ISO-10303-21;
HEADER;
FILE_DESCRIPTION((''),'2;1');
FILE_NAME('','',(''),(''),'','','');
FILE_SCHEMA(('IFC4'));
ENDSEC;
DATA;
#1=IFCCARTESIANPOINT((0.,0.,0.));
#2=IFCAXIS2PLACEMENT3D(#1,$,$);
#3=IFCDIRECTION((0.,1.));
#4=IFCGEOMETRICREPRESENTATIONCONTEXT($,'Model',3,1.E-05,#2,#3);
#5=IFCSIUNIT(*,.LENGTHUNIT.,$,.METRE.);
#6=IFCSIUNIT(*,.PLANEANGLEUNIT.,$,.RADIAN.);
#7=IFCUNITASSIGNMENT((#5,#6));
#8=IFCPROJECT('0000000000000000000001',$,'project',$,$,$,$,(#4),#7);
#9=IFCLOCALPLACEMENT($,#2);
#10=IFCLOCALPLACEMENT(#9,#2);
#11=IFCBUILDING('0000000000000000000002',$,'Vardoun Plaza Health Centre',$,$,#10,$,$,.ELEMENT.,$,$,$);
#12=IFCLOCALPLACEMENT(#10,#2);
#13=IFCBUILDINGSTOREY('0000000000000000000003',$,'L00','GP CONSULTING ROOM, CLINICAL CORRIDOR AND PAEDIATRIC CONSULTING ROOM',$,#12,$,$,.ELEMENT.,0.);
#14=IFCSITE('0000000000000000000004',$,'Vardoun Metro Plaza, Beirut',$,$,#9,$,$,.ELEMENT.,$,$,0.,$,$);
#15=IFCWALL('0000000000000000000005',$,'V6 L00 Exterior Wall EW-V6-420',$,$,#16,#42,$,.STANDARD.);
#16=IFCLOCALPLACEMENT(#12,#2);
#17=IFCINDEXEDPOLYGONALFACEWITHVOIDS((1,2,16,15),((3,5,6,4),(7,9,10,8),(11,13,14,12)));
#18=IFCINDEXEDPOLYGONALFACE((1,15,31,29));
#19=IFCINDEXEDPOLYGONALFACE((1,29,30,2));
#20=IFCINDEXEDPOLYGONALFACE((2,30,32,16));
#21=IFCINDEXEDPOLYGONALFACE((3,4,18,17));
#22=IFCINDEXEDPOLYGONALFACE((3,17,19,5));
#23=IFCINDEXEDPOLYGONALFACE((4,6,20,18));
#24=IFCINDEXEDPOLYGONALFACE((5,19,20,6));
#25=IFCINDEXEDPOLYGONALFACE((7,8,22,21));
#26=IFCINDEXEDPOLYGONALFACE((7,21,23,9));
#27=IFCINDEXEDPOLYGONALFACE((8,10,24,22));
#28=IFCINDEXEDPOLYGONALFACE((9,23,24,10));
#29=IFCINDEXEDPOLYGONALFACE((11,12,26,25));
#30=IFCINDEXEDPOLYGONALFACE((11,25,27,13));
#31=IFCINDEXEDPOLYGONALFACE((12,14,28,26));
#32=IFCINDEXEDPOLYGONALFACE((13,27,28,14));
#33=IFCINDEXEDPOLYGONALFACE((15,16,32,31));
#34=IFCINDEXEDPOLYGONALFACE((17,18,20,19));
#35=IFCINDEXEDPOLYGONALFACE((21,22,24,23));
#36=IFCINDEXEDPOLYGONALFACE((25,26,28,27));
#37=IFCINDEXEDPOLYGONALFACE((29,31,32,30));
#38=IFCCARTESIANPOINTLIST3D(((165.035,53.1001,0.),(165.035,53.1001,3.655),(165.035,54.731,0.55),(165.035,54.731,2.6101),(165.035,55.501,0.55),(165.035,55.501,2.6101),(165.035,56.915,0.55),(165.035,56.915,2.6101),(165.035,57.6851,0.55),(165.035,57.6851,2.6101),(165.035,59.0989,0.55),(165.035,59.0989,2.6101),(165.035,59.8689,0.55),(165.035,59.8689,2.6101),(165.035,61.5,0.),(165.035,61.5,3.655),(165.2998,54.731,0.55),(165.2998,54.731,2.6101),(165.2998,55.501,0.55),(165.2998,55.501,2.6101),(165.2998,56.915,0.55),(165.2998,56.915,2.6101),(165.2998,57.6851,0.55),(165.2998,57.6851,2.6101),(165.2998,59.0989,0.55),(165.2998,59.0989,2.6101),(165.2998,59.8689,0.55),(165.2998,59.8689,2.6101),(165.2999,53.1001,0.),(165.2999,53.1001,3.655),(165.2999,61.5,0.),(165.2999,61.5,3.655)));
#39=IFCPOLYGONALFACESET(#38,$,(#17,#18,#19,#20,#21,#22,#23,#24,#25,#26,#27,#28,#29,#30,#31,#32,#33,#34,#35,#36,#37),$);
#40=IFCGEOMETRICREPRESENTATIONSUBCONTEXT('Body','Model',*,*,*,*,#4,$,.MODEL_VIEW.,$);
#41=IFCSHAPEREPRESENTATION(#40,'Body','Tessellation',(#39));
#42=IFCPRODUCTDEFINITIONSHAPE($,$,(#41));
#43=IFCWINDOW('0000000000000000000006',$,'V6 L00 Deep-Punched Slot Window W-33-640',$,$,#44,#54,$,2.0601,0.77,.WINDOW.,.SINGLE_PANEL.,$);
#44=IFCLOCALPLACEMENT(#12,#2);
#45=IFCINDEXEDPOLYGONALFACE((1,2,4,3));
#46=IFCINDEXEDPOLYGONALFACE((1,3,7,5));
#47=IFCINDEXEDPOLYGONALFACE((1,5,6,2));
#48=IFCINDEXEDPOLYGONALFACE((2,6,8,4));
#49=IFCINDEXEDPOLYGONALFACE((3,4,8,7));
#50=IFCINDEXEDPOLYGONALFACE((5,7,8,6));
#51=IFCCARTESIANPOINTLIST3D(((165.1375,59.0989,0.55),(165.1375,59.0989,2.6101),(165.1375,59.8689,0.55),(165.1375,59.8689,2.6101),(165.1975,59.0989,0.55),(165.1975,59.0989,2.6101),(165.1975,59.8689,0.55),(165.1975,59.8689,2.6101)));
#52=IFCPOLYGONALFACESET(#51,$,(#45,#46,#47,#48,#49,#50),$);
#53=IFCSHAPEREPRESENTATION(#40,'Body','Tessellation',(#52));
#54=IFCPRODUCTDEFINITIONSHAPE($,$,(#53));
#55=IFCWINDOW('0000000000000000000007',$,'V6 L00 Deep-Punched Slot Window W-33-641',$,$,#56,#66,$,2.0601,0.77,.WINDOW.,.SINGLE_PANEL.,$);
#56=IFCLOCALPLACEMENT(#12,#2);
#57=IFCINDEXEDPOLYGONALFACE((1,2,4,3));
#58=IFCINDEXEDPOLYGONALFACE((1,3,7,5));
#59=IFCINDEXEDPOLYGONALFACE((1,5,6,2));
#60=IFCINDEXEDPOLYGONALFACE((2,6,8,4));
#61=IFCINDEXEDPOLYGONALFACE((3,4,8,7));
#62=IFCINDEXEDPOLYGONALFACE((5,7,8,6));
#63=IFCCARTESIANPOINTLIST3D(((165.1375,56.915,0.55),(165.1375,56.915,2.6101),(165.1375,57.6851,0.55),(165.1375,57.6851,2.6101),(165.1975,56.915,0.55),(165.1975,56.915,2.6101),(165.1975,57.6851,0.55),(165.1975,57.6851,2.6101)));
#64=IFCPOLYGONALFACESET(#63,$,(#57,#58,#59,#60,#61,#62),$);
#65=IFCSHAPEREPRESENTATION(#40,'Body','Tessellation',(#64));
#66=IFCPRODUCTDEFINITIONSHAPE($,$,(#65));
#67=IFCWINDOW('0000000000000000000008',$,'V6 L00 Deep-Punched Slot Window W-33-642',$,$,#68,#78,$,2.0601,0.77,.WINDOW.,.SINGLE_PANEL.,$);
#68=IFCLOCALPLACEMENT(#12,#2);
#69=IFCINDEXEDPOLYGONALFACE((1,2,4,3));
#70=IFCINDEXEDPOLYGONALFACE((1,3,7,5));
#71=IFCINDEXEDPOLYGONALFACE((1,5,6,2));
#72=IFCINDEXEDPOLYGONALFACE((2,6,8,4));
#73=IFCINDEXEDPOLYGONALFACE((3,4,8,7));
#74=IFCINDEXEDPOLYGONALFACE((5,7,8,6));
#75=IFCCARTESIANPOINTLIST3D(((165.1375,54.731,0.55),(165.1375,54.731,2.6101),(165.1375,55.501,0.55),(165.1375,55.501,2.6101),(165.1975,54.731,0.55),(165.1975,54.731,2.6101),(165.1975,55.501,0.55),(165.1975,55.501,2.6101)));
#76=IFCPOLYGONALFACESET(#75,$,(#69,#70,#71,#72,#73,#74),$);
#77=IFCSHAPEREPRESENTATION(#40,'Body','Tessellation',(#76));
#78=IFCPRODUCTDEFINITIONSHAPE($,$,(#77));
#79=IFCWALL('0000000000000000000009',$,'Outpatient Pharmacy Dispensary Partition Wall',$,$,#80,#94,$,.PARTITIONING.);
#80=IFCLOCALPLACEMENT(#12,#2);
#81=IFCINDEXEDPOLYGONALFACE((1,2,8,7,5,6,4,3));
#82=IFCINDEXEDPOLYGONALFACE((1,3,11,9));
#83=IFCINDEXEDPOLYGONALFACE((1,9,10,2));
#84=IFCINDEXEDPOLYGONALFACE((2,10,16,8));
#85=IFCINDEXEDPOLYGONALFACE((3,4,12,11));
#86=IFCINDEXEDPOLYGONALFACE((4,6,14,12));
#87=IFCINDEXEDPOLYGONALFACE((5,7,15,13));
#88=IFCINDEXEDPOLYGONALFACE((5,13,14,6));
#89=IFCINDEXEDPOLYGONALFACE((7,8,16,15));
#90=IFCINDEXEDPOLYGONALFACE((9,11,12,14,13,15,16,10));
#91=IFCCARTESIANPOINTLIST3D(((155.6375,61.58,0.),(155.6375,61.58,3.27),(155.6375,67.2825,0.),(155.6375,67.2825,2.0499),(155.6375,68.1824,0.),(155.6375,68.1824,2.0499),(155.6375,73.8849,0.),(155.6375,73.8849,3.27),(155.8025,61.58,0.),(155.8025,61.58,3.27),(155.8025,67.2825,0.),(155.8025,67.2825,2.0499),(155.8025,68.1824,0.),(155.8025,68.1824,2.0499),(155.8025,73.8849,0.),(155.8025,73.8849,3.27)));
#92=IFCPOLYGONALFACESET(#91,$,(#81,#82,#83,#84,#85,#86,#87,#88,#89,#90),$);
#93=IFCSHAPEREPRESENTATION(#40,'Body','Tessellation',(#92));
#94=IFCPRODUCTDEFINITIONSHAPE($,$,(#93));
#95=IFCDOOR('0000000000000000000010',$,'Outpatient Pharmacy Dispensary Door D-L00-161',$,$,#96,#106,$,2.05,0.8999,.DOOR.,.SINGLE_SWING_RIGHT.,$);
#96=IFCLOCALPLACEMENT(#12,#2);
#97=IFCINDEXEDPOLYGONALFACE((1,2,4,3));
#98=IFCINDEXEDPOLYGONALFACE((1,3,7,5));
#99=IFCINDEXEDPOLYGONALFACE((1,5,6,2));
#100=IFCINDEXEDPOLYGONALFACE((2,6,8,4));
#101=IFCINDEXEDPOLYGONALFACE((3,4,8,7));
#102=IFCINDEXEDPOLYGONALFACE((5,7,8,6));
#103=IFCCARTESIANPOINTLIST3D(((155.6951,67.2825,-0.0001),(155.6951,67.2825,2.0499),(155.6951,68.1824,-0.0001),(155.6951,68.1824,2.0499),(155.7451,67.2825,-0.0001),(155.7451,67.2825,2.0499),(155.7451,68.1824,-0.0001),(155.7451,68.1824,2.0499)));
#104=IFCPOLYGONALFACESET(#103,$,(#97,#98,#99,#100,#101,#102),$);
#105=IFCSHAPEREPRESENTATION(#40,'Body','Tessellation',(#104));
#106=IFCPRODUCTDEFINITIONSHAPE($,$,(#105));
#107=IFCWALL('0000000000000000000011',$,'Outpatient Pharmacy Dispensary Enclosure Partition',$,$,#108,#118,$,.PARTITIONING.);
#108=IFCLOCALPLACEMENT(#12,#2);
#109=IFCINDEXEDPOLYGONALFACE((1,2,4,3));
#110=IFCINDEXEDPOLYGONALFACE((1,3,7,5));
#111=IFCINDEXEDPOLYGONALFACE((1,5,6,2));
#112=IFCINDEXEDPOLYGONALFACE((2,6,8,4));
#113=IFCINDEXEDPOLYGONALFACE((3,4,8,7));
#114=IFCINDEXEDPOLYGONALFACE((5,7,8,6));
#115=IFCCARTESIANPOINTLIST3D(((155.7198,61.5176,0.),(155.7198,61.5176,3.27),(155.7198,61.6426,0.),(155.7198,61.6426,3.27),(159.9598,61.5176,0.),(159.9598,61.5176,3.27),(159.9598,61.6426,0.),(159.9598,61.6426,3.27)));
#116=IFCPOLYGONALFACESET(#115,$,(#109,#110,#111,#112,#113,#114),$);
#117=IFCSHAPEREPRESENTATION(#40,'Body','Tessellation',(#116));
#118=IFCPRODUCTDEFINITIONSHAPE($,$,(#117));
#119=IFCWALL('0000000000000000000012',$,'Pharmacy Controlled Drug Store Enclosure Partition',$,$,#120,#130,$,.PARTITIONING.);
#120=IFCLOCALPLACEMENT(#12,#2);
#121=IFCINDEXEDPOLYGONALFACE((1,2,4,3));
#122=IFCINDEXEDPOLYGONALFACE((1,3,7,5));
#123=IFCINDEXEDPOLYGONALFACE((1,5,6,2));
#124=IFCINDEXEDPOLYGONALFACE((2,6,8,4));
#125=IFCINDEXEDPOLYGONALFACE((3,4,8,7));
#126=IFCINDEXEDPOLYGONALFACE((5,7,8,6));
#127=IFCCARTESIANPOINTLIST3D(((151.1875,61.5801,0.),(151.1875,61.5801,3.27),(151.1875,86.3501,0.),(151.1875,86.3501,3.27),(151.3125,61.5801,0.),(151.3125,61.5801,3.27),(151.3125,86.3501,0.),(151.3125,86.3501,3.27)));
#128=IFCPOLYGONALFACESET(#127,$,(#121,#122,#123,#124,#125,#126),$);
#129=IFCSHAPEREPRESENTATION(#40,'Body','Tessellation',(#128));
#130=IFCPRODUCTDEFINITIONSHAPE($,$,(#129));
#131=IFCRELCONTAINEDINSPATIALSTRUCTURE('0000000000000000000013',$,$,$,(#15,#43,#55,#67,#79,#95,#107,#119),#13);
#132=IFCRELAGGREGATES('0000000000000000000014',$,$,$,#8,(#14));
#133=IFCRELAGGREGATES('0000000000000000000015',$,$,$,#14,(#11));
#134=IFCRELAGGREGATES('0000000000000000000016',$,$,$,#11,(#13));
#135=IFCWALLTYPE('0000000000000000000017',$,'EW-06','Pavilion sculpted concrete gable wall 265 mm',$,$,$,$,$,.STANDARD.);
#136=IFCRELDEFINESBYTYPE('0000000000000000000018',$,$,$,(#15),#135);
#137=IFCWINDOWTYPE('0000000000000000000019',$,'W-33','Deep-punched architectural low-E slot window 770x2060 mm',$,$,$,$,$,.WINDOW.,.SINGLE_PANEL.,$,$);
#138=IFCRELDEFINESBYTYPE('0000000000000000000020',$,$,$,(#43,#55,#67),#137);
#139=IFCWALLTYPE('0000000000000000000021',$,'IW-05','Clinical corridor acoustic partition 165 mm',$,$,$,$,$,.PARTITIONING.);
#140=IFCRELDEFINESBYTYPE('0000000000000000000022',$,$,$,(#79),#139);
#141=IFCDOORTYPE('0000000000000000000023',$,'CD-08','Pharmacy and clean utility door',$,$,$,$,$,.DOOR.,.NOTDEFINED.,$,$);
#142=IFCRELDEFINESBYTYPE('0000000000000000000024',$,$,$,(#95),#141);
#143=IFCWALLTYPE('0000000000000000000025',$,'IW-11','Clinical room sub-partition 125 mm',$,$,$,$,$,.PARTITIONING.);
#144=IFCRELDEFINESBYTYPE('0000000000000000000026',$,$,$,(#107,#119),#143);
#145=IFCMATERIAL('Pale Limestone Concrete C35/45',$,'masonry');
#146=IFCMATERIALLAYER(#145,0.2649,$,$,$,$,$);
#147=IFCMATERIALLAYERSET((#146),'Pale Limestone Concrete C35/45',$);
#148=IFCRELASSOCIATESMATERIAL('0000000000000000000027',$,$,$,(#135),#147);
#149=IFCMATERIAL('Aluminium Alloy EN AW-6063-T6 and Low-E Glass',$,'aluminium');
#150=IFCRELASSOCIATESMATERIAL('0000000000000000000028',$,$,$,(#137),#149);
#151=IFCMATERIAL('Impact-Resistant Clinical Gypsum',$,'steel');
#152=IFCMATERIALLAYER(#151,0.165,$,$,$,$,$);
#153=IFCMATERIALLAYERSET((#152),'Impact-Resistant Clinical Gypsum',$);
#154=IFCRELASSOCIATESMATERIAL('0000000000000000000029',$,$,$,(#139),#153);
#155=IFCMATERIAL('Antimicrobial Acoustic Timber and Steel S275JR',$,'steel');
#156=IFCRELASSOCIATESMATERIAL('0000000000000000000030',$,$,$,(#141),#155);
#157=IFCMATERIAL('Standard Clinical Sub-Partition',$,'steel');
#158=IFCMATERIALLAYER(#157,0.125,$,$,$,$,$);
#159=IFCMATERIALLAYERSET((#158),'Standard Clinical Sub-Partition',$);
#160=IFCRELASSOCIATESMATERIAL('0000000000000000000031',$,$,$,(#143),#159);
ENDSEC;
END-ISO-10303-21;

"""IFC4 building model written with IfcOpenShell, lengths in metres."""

from ifc_helpers import new_model, si_unit, direction, frame, frame_2d, origin, place, context, subcontext, project, spatial, rectangle, extrude, material, layer, layer_set, type_object, element, fill, save


model = new_model("IFC4")

# Units and contexts
model_context = context("Model", 3, precision=1e-05, world=origin(), true_north=direction((0.0, 1.0)))
body_context = subcontext(model_context, "Body", "Model", "MODEL_VIEW")
ifc_project = project(units=[si_unit("LENGTHUNIT", "METRE"), si_unit("PLANEANGLEUNIT", "RADIAN")], contexts=[model_context])

# Site, building, storey
site_placement = place(None, origin())
site = spatial("IfcSite", under=ifc_project, at=site_placement, Name="Vardoun Metro Plaza, Beirut", CompositionType="ELEMENT", RefElevation=0.0)
building_placement = place(site_placement, origin())
building = spatial("IfcBuilding", under=site, at=building_placement, Name="Vardoun Plaza Health Centre", CompositionType="ELEMENT")
storey_placement = place(building_placement, origin())
storey = spatial("IfcBuildingStorey", under=building, at=storey_placement, Name="L00", Description="GP CONSULTING ROOM, CLINICAL CORRIDOR AND PAEDIATRIC CONSULTING ROOM", CompositionType="ELEMENT", Elevation=0.0)

# Wall, openings, windows
ifc_material_1 = material(Name="Pale Limestone Concrete C35/45", Category="masonry")
ifc_layer_1 = layer(ifc_material_1, 0.2649)
ifc_layer_set_1 = layer_set([ifc_layer_1], Name="Pale Limestone Concrete C35/45")
wall_type_1 = type_object("IfcWallType", Name="EW-06", Description="Pavilion sculpted concrete gable wall 265 mm", PredefinedType="STANDARD", material=ifc_layer_set_1)
wall_1_placement = place(storey_placement, frame((165.1675, 61.5, 0.0), z_axis=(0.0, 0.0, 1.0), x_axis=(0.0, -1.0, 0.0)))
wall_1 = element("IfcWall", 1, at=wall_1_placement, inside=storey, type_object=wall_type_1, Name="V6 L00 Exterior Wall EW-V6-420", PredefinedType="STANDARD", context=body_context, shape_type="SweptSolid", body=[
    extrude(rectangle(XDim=8.3999, YDim=0.2649, at=frame_2d((4.2, 0.0))), origin(), (0.0, 0.0, 1.0), 3.655),
])
opening_1_placement = place(wall_1_placement, frame((1.6311, 0.0, 0.55)))
opening_1 = element("IfcOpeningElement", 2, at=opening_1_placement, cuts=wall_1, PredefinedType="OPENING", context=body_context, shape_type="SweptSolid", body=[
    extrude(rectangle(XDim=0.77, YDim=2.0601, at=frame_2d((0.385, 1.03))), frame((0.0, 0.1323, 0.0), z_axis=(0.0, -1.0, 0.0), x_axis=(1.0, 0.0, 0.0)), (0.0, 0.0, 1.0), 0.2649),
])
opening_2_placement = place(wall_1_placement, frame((3.8149, 0.0, 0.55)))
opening_2 = element("IfcOpeningElement", 3, at=opening_2_placement, cuts=wall_1, PredefinedType="OPENING", context=body_context, shape_type="SweptSolid", body=[
    extrude(rectangle(XDim=0.77, YDim=2.0601, at=frame_2d((0.385, 1.03))), frame((0.0, 0.1323, 0.0), z_axis=(0.0, -1.0, 0.0), x_axis=(1.0, 0.0, 0.0)), (0.0, 0.0, 1.0), 0.2649),
])
opening_3_placement = place(wall_1_placement, frame((5.999, 0.0, 0.55)))
opening_3 = element("IfcOpeningElement", 4, at=opening_3_placement, cuts=wall_1, PredefinedType="OPENING", context=body_context, shape_type="SweptSolid", body=[
    extrude(rectangle(XDim=0.77, YDim=2.0601, at=frame_2d((0.385, 1.03))), frame((0.0, 0.1323, 0.0), z_axis=(0.0, -1.0, 0.0), x_axis=(1.0, 0.0, 0.0)), (0.0, 0.0, 1.0), 0.2649),
])
ifc_material_2 = material(Name="Aluminium Alloy EN AW-6063-T6 and Low-E Glass", Category="aluminium")
window_type_1 = type_object("IfcWindowType", Name="W-33", Description="Deep-punched architectural low-E slot window 770x2060 mm", PartitioningType="SINGLE_PANEL", PredefinedType="WINDOW", material=ifc_material_2)
window_1_placement = place(opening_1_placement, origin())
window_1 = element("IfcWindow", 5, at=window_1_placement, inside=storey, type_object=window_type_1, Name="V6 L00 Deep-Punched Slot Window W-33-640", OverallHeight=2.0601, OverallWidth=0.77, PartitioningType="SINGLE_PANEL", PredefinedType="WINDOW", context=body_context, shape_type="SweptSolid", body=[
    extrude(rectangle(XDim=0.77, YDim=2.0601, at=frame_2d((0.385, 1.03))), frame((0.0, 0.03, 0.0), z_axis=(0.0, -1.0, 0.0), x_axis=(1.0, 0.0, 0.0)), (0.0, 0.0, 1.0), 0.0601),
])
fill(opening_1, window_1)
window_2_placement = place(opening_2_placement, origin())
window_2 = element("IfcWindow", 6, at=window_2_placement, inside=storey, type_object=window_type_1, Name="V6 L00 Deep-Punched Slot Window W-33-641", OverallHeight=2.0601, OverallWidth=0.77, PartitioningType="SINGLE_PANEL", PredefinedType="WINDOW", context=body_context, shape_type="SweptSolid", body=[
    extrude(rectangle(XDim=0.77, YDim=2.0601, at=frame_2d((0.385, 1.03))), frame((0.0, 0.03, 0.0), z_axis=(0.0, -1.0, 0.0), x_axis=(1.0, 0.0, 0.0)), (0.0, 0.0, 1.0), 0.0601),
])
fill(opening_2, window_2)
window_3_placement = place(opening_3_placement, origin())
window_3 = element("IfcWindow", 7, at=window_3_placement, inside=storey, type_object=window_type_1, Name="V6 L00 Deep-Punched Slot Window W-33-642", OverallHeight=2.0601, OverallWidth=0.77, PartitioningType="SINGLE_PANEL", PredefinedType="WINDOW", context=body_context, shape_type="SweptSolid", body=[
    extrude(rectangle(XDim=0.77, YDim=2.0601, at=frame_2d((0.385, 1.03))), frame((0.0, 0.03, 0.0), z_axis=(0.0, -1.0, 0.0), x_axis=(1.0, 0.0, 0.0)), (0.0, 0.0, 1.0), 0.0601),
])
fill(opening_3, window_3)

# Wall, opening, door
ifc_material_3 = material(Name="Impact-Resistant Clinical Gypsum", Category="steel")
ifc_layer_2 = layer(ifc_material_3, 0.165)
ifc_layer_set_2 = layer_set([ifc_layer_2], Name="Impact-Resistant Clinical Gypsum")
wall_type_2 = type_object("IfcWallType", Name="IW-05", Description="Clinical corridor acoustic partition 165 mm", PredefinedType="PARTITIONING", material=ifc_layer_set_2)
wall_2_placement = place(storey_placement, frame((155.72, 61.5801, 0.0), z_axis=(0.0, 0.0, 1.0), x_axis=(0.0, 1.0, 0.0)))
wall_2 = element("IfcWall", 8, at=wall_2_placement, inside=storey, type_object=wall_type_2, Name="Outpatient Pharmacy Dispensary Partition Wall", PredefinedType="PARTITIONING", context=body_context, shape_type="SweptSolid", body=[
    extrude(rectangle(XDim=12.3049, YDim=0.165, at=frame_2d((6.1523, 0.0))), origin(), (0.0, 0.0, 1.0), 3.27),
])
opening_4_placement = place(wall_2_placement, frame((5.7024, 0.0, 0.0)))
opening_4 = element("IfcOpeningElement", 9, at=opening_4_placement, cuts=wall_2, PredefinedType="OPENING", context=body_context, shape_type="SweptSolid", body=[
    extrude(rectangle(XDim=0.8999, YDim=2.05, at=frame_2d((0.45, 1.0249))), frame((0.0, 0.0825, 0.0), z_axis=(0.0, -1.0, 0.0), x_axis=(1.0, 0.0, 0.0)), (0.0, 0.0, 1.0), 0.165),
])
ifc_material_4 = material(Name="Antimicrobial Acoustic Timber and Steel S275JR", Category="steel")
door_type = type_object("IfcDoorType", Name="CD-08", Description="Pharmacy and clean utility door", OperationType="NOTDEFINED", PredefinedType="DOOR", material=ifc_material_4)
door_placement = place(opening_4_placement, origin())
door = element("IfcDoor", 10, at=door_placement, inside=storey, type_object=door_type, Name="Outpatient Pharmacy Dispensary Door D-L00-161", OperationType="SINGLE_SWING_RIGHT", OverallHeight=2.05, OverallWidth=0.8999, PredefinedType="DOOR", context=body_context, shape_type="SweptSolid", body=[
    extrude(rectangle(XDim=0.8999, YDim=2.05, at=frame_2d((0.45, 1.0249))), frame((0.0, 0.0249, 0.0), z_axis=(0.0, -1.0, 0.0), x_axis=(1.0, 0.0, 0.0)), (0.0, 0.0, 1.0), 0.05),
])
fill(opening_4, door)

# Walls
ifc_material_5 = material(Name="Standard Clinical Sub-Partition", Category="steel")
ifc_layer_3 = layer(ifc_material_5, 0.125)
ifc_layer_set_3 = layer_set([ifc_layer_3], Name="Standard Clinical Sub-Partition")
wall_type_3 = type_object("IfcWallType", Name="IW-11", Description="Clinical room sub-partition 125 mm", PredefinedType="PARTITIONING", material=ifc_layer_set_3)
wall_3_placement = place(storey_placement, frame((159.96, 61.5801, 0.0), z_axis=(0.0, 0.0, 1.0), x_axis=(-1.0, 0.0, 0.0)))
element("IfcWall", 11, at=wall_3_placement, inside=storey, type_object=wall_type_3, Name="Outpatient Pharmacy Dispensary Enclosure Partition", PredefinedType="PARTITIONING", context=body_context, shape_type="SweptSolid", body=[
    extrude(rectangle(XDim=4.24, YDim=0.125, at=frame_2d((2.1201, 0.0))), origin(), (0.0, 0.0, 1.0), 3.27),
])
wall_4_placement = place(storey_placement, frame((151.25, 61.5801, 0.0), z_axis=(0.0, 0.0, 1.0), x_axis=(0.0, 1.0, 0.0)))
element("IfcWall", 12, at=wall_4_placement, inside=storey, type_object=wall_type_3, Name="Pharmacy Controlled Drug Store Enclosure Partition", PredefinedType="PARTITIONING", context=body_context, shape_type="SweptSolid", body=[
    extrude(rectangle(XDim=24.77, YDim=0.125, at=frame_2d((12.385, 0.0))), origin(), (0.0, 0.0, 1.0), 3.27),
])

save(model, "model.ifc")
